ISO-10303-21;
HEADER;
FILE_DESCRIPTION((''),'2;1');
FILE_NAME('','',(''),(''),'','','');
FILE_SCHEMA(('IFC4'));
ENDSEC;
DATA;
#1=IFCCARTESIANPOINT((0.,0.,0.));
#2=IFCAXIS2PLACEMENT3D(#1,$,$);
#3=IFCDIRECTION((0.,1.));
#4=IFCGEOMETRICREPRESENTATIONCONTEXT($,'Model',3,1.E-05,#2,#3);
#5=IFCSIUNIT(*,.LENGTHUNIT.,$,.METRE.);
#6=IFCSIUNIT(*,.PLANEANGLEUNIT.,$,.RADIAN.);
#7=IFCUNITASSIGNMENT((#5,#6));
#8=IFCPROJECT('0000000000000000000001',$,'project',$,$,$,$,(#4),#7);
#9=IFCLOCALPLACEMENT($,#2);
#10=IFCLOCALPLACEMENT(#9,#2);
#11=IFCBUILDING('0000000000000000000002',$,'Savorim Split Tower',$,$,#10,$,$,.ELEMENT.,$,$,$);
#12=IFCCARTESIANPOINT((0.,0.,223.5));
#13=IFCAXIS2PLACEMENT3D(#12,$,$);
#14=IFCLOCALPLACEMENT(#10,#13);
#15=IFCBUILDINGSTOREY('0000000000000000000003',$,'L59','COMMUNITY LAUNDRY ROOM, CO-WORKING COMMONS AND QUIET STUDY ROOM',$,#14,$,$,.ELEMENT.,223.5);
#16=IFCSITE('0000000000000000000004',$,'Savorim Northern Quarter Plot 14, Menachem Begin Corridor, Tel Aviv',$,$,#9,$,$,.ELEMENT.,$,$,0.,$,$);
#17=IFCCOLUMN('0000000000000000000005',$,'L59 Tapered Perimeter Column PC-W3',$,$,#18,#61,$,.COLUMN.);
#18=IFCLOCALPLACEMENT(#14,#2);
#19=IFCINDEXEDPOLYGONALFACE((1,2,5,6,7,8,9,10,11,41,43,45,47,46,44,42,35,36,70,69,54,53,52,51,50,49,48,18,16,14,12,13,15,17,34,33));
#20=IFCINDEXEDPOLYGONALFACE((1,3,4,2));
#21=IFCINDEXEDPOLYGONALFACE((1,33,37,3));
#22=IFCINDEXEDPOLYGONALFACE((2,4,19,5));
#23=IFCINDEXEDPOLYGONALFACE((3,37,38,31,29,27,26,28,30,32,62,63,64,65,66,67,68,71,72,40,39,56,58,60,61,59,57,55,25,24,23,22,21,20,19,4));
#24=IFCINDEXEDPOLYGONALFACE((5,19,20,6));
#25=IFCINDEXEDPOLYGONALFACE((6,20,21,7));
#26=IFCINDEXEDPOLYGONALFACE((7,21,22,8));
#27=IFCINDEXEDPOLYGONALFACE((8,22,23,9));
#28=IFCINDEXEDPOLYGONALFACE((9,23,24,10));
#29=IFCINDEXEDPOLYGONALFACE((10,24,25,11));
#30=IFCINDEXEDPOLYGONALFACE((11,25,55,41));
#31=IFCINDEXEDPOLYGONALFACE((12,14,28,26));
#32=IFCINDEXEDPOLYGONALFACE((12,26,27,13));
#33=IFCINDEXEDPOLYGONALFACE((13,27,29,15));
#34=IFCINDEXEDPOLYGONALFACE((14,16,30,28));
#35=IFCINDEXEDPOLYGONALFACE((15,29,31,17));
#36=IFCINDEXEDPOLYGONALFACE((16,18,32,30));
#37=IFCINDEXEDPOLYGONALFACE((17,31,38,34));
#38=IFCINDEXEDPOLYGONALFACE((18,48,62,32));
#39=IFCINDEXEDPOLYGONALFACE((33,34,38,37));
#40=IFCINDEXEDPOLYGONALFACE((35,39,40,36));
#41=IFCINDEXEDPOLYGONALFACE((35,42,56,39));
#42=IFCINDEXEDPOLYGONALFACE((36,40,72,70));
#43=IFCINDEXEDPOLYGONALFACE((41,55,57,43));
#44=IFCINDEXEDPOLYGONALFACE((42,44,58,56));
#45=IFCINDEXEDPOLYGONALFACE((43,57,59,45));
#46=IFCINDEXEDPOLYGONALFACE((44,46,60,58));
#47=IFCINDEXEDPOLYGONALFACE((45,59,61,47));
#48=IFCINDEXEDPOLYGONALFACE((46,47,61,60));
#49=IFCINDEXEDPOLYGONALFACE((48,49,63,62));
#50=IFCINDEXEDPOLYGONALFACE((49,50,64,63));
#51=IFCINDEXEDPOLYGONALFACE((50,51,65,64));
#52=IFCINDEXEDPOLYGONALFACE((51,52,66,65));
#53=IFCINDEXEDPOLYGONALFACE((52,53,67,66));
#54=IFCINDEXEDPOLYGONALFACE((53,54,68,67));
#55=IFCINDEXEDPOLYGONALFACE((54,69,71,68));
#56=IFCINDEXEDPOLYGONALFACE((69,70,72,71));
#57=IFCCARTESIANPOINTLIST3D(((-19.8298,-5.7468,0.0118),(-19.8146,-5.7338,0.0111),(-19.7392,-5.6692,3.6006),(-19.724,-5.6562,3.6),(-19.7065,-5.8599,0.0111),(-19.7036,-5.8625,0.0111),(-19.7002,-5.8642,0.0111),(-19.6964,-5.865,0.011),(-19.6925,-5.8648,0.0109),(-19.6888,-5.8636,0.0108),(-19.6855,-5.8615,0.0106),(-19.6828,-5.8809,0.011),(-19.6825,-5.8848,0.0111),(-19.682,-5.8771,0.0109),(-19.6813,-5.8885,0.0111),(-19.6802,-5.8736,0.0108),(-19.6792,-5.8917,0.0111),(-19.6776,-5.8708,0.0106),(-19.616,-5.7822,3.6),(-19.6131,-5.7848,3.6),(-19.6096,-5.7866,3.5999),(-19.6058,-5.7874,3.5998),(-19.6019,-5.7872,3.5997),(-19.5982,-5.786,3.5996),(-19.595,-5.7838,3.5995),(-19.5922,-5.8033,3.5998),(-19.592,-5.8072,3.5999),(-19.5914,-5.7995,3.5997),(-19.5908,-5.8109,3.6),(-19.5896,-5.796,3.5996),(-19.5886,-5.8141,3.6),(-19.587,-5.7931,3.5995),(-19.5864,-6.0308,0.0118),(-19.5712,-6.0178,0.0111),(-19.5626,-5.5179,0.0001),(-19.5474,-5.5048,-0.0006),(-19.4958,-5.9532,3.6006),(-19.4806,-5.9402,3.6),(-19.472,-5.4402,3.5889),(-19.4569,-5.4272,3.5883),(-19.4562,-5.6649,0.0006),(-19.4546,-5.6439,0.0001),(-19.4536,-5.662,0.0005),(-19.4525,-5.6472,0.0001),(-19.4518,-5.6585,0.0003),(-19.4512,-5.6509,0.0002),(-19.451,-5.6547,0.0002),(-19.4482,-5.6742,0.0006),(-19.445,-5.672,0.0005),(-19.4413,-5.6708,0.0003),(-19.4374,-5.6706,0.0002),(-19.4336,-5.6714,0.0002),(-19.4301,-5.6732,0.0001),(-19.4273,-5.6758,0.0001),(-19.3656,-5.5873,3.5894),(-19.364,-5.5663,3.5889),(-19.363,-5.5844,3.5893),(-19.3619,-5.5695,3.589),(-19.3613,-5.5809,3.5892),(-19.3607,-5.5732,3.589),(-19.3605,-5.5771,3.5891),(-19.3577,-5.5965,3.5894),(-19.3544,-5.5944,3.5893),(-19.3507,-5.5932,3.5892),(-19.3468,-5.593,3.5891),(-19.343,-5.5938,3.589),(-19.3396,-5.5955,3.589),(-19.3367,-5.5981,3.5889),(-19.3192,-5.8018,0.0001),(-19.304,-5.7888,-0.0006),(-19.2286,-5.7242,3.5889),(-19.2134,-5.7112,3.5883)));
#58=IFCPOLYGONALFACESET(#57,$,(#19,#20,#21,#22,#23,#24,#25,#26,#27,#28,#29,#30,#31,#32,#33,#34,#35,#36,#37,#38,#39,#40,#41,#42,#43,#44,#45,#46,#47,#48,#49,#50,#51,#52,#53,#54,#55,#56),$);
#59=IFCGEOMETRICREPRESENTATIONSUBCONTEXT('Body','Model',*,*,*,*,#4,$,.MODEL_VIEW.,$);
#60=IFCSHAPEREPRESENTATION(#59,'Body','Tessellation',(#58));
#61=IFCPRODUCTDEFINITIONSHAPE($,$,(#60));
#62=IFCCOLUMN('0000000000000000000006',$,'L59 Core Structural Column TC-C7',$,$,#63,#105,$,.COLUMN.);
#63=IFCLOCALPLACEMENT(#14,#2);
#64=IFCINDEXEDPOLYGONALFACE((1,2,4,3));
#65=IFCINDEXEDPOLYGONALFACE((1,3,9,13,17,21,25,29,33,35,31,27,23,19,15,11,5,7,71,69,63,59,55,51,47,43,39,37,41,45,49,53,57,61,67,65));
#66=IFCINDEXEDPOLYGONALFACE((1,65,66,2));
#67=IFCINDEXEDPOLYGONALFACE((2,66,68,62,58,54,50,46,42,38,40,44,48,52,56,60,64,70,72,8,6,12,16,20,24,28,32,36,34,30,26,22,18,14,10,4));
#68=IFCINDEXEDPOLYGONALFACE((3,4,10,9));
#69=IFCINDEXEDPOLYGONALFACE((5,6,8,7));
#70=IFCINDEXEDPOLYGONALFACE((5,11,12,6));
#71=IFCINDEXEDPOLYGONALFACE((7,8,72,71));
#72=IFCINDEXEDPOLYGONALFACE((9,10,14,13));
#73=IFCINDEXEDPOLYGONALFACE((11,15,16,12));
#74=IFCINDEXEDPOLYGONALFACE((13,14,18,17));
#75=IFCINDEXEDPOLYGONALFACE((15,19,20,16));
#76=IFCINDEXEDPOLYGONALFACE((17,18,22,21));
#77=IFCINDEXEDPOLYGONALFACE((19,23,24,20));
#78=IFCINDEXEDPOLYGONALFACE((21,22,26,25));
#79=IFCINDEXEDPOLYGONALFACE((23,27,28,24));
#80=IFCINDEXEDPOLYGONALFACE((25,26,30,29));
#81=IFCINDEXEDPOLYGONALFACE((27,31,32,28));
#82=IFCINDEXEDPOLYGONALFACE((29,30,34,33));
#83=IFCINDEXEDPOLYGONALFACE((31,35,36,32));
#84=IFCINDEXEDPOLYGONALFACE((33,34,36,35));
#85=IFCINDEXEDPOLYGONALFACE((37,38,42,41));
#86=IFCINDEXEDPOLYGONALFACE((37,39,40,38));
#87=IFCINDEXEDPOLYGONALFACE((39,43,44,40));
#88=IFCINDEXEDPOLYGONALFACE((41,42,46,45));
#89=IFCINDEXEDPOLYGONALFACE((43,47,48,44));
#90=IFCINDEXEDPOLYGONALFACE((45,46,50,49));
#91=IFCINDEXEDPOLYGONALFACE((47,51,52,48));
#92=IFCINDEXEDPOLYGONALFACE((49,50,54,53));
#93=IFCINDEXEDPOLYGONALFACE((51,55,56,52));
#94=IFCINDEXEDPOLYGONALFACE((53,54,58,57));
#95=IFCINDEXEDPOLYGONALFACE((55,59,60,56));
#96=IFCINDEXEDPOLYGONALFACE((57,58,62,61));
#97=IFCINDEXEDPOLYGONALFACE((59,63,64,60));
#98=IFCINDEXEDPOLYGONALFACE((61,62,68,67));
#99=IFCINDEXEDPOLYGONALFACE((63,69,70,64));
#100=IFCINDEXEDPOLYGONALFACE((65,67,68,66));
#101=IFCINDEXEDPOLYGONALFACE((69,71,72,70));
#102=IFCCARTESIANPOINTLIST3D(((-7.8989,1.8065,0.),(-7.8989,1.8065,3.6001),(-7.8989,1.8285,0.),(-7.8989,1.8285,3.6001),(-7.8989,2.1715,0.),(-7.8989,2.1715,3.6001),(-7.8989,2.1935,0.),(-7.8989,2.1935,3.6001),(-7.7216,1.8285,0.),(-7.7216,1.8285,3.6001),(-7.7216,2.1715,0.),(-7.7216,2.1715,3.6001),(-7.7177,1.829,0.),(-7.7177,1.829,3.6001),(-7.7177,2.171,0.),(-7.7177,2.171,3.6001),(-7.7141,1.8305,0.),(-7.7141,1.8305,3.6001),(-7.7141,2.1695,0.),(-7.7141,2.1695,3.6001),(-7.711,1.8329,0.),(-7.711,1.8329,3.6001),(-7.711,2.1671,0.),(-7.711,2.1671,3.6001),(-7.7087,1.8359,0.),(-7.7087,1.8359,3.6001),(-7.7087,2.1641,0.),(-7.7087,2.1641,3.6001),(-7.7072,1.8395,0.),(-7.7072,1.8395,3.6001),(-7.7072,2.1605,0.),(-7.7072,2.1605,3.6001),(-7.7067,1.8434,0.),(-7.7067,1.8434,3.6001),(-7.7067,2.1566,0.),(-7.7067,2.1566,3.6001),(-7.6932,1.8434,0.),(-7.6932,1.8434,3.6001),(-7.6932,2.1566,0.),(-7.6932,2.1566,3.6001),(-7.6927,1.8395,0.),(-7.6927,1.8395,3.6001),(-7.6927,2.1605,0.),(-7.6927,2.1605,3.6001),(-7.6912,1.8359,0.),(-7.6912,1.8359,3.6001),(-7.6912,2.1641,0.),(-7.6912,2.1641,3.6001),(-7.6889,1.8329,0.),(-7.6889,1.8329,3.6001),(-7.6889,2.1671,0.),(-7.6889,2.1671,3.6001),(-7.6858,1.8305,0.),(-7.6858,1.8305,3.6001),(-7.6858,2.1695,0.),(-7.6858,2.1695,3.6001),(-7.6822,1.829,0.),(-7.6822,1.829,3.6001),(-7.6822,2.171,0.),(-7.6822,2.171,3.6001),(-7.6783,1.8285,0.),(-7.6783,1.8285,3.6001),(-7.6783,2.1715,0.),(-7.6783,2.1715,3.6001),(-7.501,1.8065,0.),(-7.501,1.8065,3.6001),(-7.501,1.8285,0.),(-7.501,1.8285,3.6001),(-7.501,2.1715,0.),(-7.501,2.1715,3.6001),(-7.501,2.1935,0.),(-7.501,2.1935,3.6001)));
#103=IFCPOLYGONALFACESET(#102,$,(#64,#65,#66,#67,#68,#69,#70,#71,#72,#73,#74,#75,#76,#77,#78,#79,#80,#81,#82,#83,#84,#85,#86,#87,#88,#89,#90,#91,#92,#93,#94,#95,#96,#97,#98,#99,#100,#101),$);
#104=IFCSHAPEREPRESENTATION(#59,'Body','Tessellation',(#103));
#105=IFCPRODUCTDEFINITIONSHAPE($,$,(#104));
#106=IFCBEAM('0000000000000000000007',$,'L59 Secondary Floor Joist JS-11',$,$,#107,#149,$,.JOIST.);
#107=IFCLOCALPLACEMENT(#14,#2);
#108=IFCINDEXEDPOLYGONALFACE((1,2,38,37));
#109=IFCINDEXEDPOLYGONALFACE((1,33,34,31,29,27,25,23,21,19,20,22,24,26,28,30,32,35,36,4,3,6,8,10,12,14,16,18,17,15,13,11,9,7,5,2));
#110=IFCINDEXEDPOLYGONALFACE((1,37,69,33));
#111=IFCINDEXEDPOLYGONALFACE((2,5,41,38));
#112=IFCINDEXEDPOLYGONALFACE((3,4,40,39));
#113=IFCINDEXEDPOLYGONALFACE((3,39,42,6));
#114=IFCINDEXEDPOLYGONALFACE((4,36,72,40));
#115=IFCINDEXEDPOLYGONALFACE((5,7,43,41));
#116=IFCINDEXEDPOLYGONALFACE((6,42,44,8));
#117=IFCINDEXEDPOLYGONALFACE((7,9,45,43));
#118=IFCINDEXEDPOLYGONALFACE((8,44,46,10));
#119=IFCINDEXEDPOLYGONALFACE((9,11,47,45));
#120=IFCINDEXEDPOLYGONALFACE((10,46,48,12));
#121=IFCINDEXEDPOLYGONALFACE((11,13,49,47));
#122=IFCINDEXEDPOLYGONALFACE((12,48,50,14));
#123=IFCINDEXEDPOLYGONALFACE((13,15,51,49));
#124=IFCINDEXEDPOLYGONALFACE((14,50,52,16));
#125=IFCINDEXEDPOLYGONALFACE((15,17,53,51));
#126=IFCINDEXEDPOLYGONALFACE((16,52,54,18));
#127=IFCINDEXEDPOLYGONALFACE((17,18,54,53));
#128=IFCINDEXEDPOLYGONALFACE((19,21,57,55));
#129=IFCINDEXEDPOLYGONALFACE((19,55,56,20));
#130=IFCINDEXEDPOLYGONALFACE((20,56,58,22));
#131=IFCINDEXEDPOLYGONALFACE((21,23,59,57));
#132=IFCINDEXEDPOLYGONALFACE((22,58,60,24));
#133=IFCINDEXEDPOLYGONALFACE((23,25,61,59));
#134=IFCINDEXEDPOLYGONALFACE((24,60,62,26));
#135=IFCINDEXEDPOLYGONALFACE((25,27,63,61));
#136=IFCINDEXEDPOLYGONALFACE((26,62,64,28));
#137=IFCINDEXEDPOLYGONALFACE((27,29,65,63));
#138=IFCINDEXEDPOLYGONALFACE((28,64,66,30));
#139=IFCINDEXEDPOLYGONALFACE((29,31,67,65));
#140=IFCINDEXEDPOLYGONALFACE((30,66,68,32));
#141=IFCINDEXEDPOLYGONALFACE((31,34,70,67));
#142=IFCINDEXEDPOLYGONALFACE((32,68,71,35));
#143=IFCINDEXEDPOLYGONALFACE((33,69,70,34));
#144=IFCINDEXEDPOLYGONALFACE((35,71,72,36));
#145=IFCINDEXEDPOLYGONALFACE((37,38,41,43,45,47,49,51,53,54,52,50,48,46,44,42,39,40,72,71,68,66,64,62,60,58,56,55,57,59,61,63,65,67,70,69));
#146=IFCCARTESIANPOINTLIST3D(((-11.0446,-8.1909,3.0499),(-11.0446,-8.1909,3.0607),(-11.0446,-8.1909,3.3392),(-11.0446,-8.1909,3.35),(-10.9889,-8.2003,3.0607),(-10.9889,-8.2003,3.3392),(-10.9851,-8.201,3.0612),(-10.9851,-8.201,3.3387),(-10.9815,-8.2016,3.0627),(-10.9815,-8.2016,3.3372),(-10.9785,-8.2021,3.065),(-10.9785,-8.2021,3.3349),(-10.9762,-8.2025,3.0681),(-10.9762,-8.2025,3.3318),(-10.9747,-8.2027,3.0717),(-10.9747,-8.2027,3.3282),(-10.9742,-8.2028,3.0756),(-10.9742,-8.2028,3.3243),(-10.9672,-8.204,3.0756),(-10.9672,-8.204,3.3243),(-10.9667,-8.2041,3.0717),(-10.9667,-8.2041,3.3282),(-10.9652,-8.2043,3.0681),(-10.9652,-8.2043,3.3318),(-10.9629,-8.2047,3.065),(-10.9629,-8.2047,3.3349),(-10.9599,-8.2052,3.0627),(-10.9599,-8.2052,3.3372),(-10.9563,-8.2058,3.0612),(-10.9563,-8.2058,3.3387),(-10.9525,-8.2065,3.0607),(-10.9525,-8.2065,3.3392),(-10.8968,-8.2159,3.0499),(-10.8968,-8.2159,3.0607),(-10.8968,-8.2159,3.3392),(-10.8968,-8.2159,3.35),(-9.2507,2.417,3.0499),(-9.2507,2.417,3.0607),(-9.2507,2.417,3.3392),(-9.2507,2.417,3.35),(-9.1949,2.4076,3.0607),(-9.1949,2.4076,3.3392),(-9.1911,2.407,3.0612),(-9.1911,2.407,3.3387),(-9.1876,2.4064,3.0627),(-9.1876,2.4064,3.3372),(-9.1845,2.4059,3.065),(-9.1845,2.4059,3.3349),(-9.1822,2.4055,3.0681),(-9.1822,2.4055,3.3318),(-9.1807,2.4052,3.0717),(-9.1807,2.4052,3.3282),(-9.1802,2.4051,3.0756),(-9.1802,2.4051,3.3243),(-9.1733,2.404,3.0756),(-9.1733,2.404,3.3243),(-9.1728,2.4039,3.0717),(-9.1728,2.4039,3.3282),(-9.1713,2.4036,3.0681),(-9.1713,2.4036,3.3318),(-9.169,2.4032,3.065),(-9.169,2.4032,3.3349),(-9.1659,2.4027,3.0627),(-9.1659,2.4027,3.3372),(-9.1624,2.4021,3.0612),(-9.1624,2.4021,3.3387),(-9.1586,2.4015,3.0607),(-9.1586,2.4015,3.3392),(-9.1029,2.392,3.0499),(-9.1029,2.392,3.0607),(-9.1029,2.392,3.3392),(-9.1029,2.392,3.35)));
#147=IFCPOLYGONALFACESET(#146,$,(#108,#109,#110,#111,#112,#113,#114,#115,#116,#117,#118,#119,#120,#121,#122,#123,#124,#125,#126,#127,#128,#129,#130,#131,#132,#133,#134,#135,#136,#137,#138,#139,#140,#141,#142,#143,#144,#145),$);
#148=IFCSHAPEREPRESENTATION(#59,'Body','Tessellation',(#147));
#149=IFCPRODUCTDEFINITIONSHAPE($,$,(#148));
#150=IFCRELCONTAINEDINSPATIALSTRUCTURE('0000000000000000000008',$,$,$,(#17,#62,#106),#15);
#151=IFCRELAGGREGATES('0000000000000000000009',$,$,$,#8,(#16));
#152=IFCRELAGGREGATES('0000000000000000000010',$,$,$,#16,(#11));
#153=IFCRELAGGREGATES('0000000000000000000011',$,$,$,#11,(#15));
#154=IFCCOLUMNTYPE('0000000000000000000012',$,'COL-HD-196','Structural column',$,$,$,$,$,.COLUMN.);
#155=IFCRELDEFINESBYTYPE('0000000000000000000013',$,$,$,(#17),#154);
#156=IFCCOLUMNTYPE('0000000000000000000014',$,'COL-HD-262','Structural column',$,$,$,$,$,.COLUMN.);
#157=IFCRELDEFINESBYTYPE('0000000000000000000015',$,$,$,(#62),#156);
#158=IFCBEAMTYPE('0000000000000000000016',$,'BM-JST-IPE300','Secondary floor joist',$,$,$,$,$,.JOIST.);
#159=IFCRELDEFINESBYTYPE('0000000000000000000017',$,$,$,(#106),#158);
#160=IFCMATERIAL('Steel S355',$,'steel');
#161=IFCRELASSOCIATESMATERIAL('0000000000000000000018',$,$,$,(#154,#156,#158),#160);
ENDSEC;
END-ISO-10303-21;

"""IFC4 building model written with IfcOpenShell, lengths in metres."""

from ifc_helpers import new_model, si_unit, direction, frame, origin, origin_2d, place, context, subcontext, project, spatial, i_section, extrude, material, material_profile, profile_set, type_object, element, save


model = new_model("IFC4")

# Units and contexts
model_context = context("Model", 3, precision=1e-05, world=origin(), true_north=direction((0.0, 1.0)))
body_context = subcontext(model_context, "Body", "Model", "MODEL_VIEW")
ifc_project = project(units=[si_unit("LENGTHUNIT", "METRE"), si_unit("PLANEANGLEUNIT", "RADIAN")], contexts=[model_context])

# Site, building, storey
site_placement = place(None, origin())
site = spatial("IfcSite", under=ifc_project, at=site_placement, Name="Savorim Northern Quarter Plot 14, Menachem Begin Corridor, Tel Aviv", CompositionType="ELEMENT", RefElevation=0.0)
building_placement = place(site_placement, origin())
building = spatial("IfcBuilding", under=site, at=building_placement, Name="Savorim Split Tower", CompositionType="ELEMENT")
storey_placement = place(building_placement, frame((0.0, 0.0, 223.5)))
storey = spatial("IfcBuildingStorey", under=building, at=storey_placement, Name="L59", Description="COMMUNITY LAUNDRY ROOM, CO-WORKING COMMONS AND QUIET STUDY ROOM", CompositionType="ELEMENT", Elevation=223.5)

# Columns
ifc_material_1 = material(Name="Steel S355", Category="steel")
ifc_material_profile_1 = material_profile(ifc_material_1, i_section(OverallWidth=0.374, OverallDepth=0.3721, WebThickness=0.0122, FlangeThickness=0.02, FilletRadius=0.0149, at=origin_2d()), Name="HD 360x196")
ifc_profile_set_1 = profile_set([ifc_material_profile_1], Name="Steel S355")
column_type_1 = type_object("IfcColumnType", Name="COL-HD-196", Description="Structural column", PredefinedType="COLUMN", material=ifc_profile_set_1)
column_1_placement = place(storey_placement, frame((-19.5669, -5.7678, 0.0056), z_axis=(0.025224, 0.021621, 0.999448), x_axis=(-0.650791, 0.759257, 0.0)))
element("IfcColumn", 1, at=column_1_placement, inside=storey, type_object=column_type_1, Name="L59 Tapered Perimeter Column PC-W3", PredefinedType="COLUMN", context=body_context, shape_type="SweptSolid", body=[
    extrude(i_section(OverallWidth=0.374, OverallDepth=0.3721, WebThickness=0.0122, FlangeThickness=0.02, FilletRadius=0.0149, at=origin_2d()), origin(), (0.0, 0.0, 1.0), 3.5908),
])
ifc_material_profile_2 = material_profile(ifc_material_1, i_section(OverallWidth=0.3979, OverallDepth=0.387, WebThickness=0.0134, FlangeThickness=0.022, FilletRadius=0.0149, at=origin_2d()), Name="HD 400x262")
ifc_profile_set_2 = profile_set([ifc_material_profile_2], Name="Steel S355")
column_type_2 = type_object("IfcColumnType", Name="COL-HD-262", Description="Structural column", PredefinedType="COLUMN", material=ifc_profile_set_2)
column_2_placement = place(storey_placement, frame((-7.7, 2.0, 0.0), z_axis=(0.0, 0.0, 1.0), x_axis=(1.0, 0.0, 0.0)))
element("IfcColumn", 2, at=column_2_placement, inside=storey, type_object=column_type_2, Name="L59 Core Structural Column TC-C7", PredefinedType="COLUMN", context=body_context, shape_type="SweptSolid", body=[
    extrude(i_section(OverallWidth=0.3979, OverallDepth=0.387, WebThickness=0.0134, FlangeThickness=0.022, FilletRadius=0.0149, at=origin_2d()), origin(), (0.0, 0.0, 1.0), 3.6001),
])

# Beam
ifc_material_profile_3 = material_profile(ifc_material_1, i_section(OverallWidth=0.1499, OverallDepth=0.3, WebThickness=0.0071, FlangeThickness=0.0107, FilletRadius=0.0149, at=origin_2d()), Name="IPE 300")
ifc_profile_set_3 = profile_set([ifc_material_profile_3], Name="Steel S355")
beam_type_1 = type_object("IfcBeamType", Name="BM-JST-IPE300", Description="Secondary floor joist", PredefinedType="JOIST", material=ifc_profile_set_3)
beam_1_placement = place(storey_placement, frame((-9.1768, 2.4045, 3.2), z_axis=(-0.166746, -0.986, 0.0), x_axis=(0.986, -0.166746, 0.0)))
element("IfcBeam", 3, at=beam_1_placement, inside=storey, type_object=beam_type_1, Name="L59 Secondary Floor Joist JS-11", PredefinedType="JOIST", context=body_context, shape_type="SweptSolid", body=[
    extrude(i_section(OverallWidth=0.1499, OverallDepth=0.3, WebThickness=0.0071, FlangeThickness=0.0107, FilletRadius=0.0149, at=origin_2d()), origin(), (0.0, 0.0, 1.0), 10.7585),
])

save(model, "model.ifc")
